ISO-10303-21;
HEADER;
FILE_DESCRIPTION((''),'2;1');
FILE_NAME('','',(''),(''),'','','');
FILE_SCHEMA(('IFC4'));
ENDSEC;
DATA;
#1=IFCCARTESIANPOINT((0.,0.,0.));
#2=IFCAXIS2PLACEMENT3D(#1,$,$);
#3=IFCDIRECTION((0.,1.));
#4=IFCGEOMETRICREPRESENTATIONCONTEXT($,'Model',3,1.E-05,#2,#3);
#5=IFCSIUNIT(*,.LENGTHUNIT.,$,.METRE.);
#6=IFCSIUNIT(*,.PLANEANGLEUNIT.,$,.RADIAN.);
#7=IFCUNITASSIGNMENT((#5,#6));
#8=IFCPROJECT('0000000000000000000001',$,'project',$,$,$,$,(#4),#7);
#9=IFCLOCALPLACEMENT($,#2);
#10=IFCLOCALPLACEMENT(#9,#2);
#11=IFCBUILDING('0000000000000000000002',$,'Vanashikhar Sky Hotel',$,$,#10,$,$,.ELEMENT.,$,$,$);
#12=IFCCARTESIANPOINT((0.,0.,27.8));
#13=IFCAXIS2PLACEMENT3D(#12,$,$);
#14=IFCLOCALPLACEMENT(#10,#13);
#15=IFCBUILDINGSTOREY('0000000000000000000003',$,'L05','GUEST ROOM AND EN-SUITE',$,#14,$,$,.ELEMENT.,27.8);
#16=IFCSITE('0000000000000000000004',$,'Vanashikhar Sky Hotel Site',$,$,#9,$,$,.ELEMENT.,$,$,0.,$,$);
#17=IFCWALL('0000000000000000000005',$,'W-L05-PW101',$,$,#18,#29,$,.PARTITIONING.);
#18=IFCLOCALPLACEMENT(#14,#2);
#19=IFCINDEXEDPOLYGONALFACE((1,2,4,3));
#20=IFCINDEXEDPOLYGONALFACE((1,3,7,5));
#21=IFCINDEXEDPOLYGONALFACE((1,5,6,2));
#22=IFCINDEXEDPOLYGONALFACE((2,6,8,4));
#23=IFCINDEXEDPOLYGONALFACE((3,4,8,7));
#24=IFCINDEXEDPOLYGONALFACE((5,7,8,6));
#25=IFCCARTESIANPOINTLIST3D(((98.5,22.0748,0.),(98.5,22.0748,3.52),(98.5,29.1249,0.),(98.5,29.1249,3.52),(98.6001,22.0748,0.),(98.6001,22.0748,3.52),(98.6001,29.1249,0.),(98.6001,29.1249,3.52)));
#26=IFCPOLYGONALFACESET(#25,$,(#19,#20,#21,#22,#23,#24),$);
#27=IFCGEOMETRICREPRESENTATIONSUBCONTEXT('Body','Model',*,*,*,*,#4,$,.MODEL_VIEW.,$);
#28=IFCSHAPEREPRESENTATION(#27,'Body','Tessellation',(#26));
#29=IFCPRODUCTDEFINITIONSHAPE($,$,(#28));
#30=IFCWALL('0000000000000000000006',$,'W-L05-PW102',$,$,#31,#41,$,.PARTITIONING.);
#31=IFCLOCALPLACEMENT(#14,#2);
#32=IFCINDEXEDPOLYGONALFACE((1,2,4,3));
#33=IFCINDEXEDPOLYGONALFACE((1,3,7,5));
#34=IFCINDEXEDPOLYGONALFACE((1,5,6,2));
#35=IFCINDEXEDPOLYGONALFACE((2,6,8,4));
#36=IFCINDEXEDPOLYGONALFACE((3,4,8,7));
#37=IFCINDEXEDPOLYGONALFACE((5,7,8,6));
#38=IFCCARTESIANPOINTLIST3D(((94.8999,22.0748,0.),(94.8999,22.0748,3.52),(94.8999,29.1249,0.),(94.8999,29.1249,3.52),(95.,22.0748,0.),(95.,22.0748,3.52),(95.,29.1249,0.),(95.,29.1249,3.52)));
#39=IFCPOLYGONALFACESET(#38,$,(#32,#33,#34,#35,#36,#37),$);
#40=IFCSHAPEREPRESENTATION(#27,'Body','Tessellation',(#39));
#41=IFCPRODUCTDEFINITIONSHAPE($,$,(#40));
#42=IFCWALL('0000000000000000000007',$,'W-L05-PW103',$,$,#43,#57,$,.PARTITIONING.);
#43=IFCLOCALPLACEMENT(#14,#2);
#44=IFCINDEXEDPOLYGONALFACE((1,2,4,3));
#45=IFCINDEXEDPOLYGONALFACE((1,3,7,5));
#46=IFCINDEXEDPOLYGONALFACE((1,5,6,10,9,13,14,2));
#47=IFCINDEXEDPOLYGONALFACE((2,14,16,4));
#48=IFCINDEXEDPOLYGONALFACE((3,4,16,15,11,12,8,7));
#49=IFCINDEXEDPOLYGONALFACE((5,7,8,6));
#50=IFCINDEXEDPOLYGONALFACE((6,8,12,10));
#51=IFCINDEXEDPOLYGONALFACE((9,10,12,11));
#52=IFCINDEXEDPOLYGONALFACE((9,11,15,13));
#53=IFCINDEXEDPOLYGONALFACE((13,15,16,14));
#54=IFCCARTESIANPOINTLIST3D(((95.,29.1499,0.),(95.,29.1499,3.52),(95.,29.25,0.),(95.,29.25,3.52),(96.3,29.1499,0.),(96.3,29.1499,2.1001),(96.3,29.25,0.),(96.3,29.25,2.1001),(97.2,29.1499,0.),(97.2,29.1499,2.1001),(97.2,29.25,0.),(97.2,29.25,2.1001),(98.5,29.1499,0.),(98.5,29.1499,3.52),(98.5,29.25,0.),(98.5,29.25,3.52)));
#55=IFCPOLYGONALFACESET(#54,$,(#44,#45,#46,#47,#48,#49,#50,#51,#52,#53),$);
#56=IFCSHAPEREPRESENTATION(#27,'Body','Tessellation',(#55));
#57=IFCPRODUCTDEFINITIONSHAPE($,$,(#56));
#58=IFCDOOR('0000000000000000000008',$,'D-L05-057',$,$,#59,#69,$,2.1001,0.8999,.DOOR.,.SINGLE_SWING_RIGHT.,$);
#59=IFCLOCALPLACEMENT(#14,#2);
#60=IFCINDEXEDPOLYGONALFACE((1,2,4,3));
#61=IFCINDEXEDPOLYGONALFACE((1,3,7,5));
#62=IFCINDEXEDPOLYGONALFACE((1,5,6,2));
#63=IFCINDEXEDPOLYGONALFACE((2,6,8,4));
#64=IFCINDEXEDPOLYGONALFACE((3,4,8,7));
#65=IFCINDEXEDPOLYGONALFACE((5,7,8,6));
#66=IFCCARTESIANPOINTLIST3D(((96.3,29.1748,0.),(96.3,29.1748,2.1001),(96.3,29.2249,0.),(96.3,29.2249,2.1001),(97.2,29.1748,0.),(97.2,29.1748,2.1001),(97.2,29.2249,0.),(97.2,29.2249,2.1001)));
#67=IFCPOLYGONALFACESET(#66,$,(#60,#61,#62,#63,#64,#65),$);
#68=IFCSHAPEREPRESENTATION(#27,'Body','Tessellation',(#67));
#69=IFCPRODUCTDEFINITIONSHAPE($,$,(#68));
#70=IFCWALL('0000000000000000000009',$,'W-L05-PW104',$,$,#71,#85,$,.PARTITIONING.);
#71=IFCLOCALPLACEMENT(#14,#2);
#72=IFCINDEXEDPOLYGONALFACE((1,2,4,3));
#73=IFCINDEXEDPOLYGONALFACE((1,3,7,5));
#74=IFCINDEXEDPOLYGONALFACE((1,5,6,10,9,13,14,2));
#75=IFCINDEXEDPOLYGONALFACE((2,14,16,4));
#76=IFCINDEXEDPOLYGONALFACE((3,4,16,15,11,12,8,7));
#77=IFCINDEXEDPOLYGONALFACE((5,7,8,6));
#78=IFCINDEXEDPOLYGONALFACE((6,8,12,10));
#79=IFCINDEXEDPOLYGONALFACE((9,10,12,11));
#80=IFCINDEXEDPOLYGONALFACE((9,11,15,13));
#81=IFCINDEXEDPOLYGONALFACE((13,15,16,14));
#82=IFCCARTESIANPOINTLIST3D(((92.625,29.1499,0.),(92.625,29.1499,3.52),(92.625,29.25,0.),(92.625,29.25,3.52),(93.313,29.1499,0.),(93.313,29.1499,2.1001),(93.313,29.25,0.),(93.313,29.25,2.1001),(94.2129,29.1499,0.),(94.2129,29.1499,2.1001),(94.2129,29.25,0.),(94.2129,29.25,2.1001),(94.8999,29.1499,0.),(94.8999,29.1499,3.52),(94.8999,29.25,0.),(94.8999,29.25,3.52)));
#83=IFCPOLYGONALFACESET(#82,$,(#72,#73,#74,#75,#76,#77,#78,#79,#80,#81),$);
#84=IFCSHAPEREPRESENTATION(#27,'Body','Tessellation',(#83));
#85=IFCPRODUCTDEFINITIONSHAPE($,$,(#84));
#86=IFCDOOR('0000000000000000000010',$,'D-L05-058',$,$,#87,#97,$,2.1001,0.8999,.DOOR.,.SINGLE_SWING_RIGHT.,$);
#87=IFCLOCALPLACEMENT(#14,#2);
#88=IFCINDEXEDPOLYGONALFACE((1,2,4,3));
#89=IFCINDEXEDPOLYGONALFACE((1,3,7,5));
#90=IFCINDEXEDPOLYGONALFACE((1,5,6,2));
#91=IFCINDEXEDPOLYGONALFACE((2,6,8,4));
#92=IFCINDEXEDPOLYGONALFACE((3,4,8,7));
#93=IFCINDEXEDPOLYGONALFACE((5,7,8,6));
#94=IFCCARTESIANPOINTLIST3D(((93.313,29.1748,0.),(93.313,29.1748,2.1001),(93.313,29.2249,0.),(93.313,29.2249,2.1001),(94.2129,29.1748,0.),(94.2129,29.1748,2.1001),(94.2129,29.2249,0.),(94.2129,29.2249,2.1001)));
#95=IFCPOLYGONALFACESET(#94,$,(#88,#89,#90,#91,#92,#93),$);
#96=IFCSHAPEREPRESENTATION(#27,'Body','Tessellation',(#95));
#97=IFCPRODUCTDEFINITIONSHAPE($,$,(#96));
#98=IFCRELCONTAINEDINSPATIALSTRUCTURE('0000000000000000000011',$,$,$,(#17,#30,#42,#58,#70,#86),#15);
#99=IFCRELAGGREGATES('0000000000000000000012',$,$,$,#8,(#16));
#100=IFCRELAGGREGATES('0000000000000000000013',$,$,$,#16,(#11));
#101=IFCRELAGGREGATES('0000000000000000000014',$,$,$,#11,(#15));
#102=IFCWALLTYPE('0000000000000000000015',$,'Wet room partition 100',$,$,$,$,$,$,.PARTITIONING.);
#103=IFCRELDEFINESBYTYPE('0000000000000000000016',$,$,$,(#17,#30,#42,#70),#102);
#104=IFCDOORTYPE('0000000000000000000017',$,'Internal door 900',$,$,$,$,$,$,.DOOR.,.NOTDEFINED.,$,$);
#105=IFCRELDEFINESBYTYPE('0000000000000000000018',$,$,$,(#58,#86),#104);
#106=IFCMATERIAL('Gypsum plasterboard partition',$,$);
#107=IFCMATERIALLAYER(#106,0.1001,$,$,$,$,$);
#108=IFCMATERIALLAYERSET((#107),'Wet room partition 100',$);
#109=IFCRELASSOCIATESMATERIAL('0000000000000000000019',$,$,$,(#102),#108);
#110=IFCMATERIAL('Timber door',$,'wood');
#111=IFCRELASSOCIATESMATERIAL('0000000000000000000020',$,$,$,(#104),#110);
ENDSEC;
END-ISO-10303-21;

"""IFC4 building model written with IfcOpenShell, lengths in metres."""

from ifc_helpers import new_model, si_unit, direction, frame, frame_2d, origin, place, context, subcontext, project, spatial, rectangle, extrude, source, transform, mapped, material, layer, layer_set, type_object, element, fill, save


model = new_model("IFC4")

# Units and contexts
model_context = context("Model", 3, precision=1e-05, world=origin(), true_north=direction((0.0, 1.0)))
body_context = subcontext(model_context, "Body", "Model", "MODEL_VIEW")
ifc_project = project(units=[si_unit("LENGTHUNIT", "METRE"), si_unit("PLANEANGLEUNIT", "RADIAN")], contexts=[model_context])

# Site, building, storey
site_placement = place(None, origin())
site = spatial("IfcSite", under=ifc_project, at=site_placement, Name="Vanashikhar Sky Hotel Site", CompositionType="ELEMENT", RefElevation=0.0)
building_placement = place(site_placement, origin())
building = spatial("IfcBuilding", under=site, at=building_placement, Name="Vanashikhar Sky Hotel", CompositionType="ELEMENT")
storey_placement = place(building_placement, frame((0.0, 0.0, 27.8)))
storey = spatial("IfcBuildingStorey", under=building, at=storey_placement, Name="L05", Description="GUEST ROOM AND EN-SUITE", CompositionType="ELEMENT", Elevation=27.8)

# Walls
ifc_material_1 = material(Name="Gypsum plasterboard partition")
ifc_layer_1 = layer(ifc_material_1, 0.1001)
ifc_layer_set_1 = layer_set([ifc_layer_1], Name="Wet room partition 100")
wall_type_1 = type_object("IfcWallType", Name="Wet room partition 100", PredefinedType="PARTITIONING", material=ifc_layer_set_1)
shared_shape_1 = source(origin(), body_context, "Body", "SweptSolid", [
    extrude(rectangle(XDim=7.05, YDim=0.1001, at=frame_2d((3.5249, 0.0))), origin(), (0.0, 0.0, 1.0), 3.52),
])
for number, where, z_axis, x_axis, name in (
    (1, (98.55, 22.075, 0.0), (0.0, 0.0, 1.0), (0.0, 1.0, 0.0), "W-L05-PW101"),
    (2, (94.95, 22.075, 0.0), (0.0, 0.0, 1.0), (0.0, 1.0, 0.0), "W-L05-PW102"),
):
    element("IfcWall", number, at=place(storey_placement, frame(where, z_axis=z_axis, x_axis=x_axis)), inside=storey, type_object=wall_type_1, Name=name, PredefinedType="PARTITIONING", context=body_context, shape_type="MappedRepresentation", body=[
        mapped(shared_shape_1, transform((0.0, 0.0, 0.0), scale=1.0)),
    ])

# Walls, openings, doors
shared_shape_2 = source(origin(), body_context, "Body", "SweptSolid", [
    extrude(rectangle(XDim=3.5, YDim=0.1001, at=frame_2d((1.75, 0.0))), origin(), (0.0, 0.0, 1.0), 3.52),
])
wall_1_placement = place(storey_placement, frame((95.0, 29.2, 0.0), z_axis=(0.0, 0.0, 1.0), x_axis=(1.0, 0.0, 0.0)))
wall_1 = element("IfcWall", 3, at=wall_1_placement, inside=storey, type_object=wall_type_1, Name="W-L05-PW103", PredefinedType="PARTITIONING", context=body_context, shape_type="MappedRepresentation", body=[
    mapped(shared_shape_2, transform((0.0, 0.0, 0.0), scale=1.0)),
])
shared_shape_3 = source(origin(), body_context, "Body", "SweptSolid", [
    extrude(rectangle(XDim=0.8999, YDim=2.1001, at=frame_2d((0.45, 1.05))), frame((0.0, 0.0601, 0.0), z_axis=(0.0, -1.0, 0.0), x_axis=(1.0, 0.0, 0.0)), (0.0, 0.0, 1.0), 0.1201),
])
opening_1_placement = place(wall_1_placement, frame((1.3, 0.0, 0.0)))
opening_1 = element("IfcOpeningElement", 4, at=opening_1_placement, cuts=wall_1, PredefinedType="OPENING", context=body_context, shape_type="MappedRepresentation", body=[
    mapped(shared_shape_3, transform((0.0, 0.0, 0.0), scale=1.0)),
])
ifc_material_2 = material(Name="Timber door", Category="wood")
door_type = type_object("IfcDoorType", Name="Internal door 900", OperationType="NOTDEFINED", PredefinedType="DOOR", material=ifc_material_2)
shared_shape_4 = source(origin(), body_context, "Body", "SweptSolid", [
    extrude(rectangle(XDim=0.8999, YDim=2.1001, at=frame_2d((0.45, 1.05))), frame((0.0, 0.0249, 0.0), z_axis=(0.0, -1.0, 0.0), x_axis=(1.0, 0.0, 0.0)), (0.0, 0.0, 1.0), 0.05),
])
door_1_placement = place(opening_1_placement, origin())
door_1 = element("IfcDoor", 5, at=door_1_placement, inside=storey, type_object=door_type, Name="D-L05-057", OperationType="SINGLE_SWING_RIGHT", OverallHeight=2.1001, OverallWidth=0.8999, PredefinedType="DOOR", context=body_context, shape_type="MappedRepresentation", body=[
    mapped(shared_shape_4, transform((0.0, 0.0, 0.0), scale=1.0)),
])
fill(opening_1, door_1)
shared_shape_5 = source(origin(), body_context, "Body", "SweptSolid", [
    extrude(rectangle(XDim=2.2749, YDim=0.1001, at=frame_2d((1.1375, 0.0))), origin(), (0.0, 0.0, 1.0), 3.52),
])
wall_2_placement = place(storey_placement, frame((92.625, 29.2, 0.0), z_axis=(0.0, 0.0, 1.0), x_axis=(1.0, 0.0, 0.0)))
wall_2 = element("IfcWall", 6, at=wall_2_placement, inside=storey, type_object=wall_type_1, Name="W-L05-PW104", PredefinedType="PARTITIONING", context=body_context, shape_type="MappedRepresentation", body=[
    mapped(shared_shape_5, transform((0.0, 0.0, 0.0), scale=1.0)),
])
opening_2_placement = place(wall_2_placement, frame((0.688, 0.0, 0.0)))
opening_2 = element("IfcOpeningElement", 7, at=opening_2_placement, cuts=wall_2, PredefinedType="OPENING", context=body_context, shape_type="MappedRepresentation", body=[
    mapped(shared_shape_3, transform((0.0, 0.0, 0.0), scale=1.0)),
])
door_2_placement = place(opening_2_placement, origin())
door_2 = element("IfcDoor", 8, at=door_2_placement, inside=storey, type_object=door_type, Name="D-L05-058", OperationType="SINGLE_SWING_RIGHT", OverallHeight=2.1001, OverallWidth=0.8999, PredefinedType="DOOR", context=body_context, shape_type="MappedRepresentation", body=[
    mapped(shared_shape_4, transform((0.0, 0.0, 0.0), scale=1.0)),
])
fill(opening_2, door_2)

save(model, "model.ifc")
